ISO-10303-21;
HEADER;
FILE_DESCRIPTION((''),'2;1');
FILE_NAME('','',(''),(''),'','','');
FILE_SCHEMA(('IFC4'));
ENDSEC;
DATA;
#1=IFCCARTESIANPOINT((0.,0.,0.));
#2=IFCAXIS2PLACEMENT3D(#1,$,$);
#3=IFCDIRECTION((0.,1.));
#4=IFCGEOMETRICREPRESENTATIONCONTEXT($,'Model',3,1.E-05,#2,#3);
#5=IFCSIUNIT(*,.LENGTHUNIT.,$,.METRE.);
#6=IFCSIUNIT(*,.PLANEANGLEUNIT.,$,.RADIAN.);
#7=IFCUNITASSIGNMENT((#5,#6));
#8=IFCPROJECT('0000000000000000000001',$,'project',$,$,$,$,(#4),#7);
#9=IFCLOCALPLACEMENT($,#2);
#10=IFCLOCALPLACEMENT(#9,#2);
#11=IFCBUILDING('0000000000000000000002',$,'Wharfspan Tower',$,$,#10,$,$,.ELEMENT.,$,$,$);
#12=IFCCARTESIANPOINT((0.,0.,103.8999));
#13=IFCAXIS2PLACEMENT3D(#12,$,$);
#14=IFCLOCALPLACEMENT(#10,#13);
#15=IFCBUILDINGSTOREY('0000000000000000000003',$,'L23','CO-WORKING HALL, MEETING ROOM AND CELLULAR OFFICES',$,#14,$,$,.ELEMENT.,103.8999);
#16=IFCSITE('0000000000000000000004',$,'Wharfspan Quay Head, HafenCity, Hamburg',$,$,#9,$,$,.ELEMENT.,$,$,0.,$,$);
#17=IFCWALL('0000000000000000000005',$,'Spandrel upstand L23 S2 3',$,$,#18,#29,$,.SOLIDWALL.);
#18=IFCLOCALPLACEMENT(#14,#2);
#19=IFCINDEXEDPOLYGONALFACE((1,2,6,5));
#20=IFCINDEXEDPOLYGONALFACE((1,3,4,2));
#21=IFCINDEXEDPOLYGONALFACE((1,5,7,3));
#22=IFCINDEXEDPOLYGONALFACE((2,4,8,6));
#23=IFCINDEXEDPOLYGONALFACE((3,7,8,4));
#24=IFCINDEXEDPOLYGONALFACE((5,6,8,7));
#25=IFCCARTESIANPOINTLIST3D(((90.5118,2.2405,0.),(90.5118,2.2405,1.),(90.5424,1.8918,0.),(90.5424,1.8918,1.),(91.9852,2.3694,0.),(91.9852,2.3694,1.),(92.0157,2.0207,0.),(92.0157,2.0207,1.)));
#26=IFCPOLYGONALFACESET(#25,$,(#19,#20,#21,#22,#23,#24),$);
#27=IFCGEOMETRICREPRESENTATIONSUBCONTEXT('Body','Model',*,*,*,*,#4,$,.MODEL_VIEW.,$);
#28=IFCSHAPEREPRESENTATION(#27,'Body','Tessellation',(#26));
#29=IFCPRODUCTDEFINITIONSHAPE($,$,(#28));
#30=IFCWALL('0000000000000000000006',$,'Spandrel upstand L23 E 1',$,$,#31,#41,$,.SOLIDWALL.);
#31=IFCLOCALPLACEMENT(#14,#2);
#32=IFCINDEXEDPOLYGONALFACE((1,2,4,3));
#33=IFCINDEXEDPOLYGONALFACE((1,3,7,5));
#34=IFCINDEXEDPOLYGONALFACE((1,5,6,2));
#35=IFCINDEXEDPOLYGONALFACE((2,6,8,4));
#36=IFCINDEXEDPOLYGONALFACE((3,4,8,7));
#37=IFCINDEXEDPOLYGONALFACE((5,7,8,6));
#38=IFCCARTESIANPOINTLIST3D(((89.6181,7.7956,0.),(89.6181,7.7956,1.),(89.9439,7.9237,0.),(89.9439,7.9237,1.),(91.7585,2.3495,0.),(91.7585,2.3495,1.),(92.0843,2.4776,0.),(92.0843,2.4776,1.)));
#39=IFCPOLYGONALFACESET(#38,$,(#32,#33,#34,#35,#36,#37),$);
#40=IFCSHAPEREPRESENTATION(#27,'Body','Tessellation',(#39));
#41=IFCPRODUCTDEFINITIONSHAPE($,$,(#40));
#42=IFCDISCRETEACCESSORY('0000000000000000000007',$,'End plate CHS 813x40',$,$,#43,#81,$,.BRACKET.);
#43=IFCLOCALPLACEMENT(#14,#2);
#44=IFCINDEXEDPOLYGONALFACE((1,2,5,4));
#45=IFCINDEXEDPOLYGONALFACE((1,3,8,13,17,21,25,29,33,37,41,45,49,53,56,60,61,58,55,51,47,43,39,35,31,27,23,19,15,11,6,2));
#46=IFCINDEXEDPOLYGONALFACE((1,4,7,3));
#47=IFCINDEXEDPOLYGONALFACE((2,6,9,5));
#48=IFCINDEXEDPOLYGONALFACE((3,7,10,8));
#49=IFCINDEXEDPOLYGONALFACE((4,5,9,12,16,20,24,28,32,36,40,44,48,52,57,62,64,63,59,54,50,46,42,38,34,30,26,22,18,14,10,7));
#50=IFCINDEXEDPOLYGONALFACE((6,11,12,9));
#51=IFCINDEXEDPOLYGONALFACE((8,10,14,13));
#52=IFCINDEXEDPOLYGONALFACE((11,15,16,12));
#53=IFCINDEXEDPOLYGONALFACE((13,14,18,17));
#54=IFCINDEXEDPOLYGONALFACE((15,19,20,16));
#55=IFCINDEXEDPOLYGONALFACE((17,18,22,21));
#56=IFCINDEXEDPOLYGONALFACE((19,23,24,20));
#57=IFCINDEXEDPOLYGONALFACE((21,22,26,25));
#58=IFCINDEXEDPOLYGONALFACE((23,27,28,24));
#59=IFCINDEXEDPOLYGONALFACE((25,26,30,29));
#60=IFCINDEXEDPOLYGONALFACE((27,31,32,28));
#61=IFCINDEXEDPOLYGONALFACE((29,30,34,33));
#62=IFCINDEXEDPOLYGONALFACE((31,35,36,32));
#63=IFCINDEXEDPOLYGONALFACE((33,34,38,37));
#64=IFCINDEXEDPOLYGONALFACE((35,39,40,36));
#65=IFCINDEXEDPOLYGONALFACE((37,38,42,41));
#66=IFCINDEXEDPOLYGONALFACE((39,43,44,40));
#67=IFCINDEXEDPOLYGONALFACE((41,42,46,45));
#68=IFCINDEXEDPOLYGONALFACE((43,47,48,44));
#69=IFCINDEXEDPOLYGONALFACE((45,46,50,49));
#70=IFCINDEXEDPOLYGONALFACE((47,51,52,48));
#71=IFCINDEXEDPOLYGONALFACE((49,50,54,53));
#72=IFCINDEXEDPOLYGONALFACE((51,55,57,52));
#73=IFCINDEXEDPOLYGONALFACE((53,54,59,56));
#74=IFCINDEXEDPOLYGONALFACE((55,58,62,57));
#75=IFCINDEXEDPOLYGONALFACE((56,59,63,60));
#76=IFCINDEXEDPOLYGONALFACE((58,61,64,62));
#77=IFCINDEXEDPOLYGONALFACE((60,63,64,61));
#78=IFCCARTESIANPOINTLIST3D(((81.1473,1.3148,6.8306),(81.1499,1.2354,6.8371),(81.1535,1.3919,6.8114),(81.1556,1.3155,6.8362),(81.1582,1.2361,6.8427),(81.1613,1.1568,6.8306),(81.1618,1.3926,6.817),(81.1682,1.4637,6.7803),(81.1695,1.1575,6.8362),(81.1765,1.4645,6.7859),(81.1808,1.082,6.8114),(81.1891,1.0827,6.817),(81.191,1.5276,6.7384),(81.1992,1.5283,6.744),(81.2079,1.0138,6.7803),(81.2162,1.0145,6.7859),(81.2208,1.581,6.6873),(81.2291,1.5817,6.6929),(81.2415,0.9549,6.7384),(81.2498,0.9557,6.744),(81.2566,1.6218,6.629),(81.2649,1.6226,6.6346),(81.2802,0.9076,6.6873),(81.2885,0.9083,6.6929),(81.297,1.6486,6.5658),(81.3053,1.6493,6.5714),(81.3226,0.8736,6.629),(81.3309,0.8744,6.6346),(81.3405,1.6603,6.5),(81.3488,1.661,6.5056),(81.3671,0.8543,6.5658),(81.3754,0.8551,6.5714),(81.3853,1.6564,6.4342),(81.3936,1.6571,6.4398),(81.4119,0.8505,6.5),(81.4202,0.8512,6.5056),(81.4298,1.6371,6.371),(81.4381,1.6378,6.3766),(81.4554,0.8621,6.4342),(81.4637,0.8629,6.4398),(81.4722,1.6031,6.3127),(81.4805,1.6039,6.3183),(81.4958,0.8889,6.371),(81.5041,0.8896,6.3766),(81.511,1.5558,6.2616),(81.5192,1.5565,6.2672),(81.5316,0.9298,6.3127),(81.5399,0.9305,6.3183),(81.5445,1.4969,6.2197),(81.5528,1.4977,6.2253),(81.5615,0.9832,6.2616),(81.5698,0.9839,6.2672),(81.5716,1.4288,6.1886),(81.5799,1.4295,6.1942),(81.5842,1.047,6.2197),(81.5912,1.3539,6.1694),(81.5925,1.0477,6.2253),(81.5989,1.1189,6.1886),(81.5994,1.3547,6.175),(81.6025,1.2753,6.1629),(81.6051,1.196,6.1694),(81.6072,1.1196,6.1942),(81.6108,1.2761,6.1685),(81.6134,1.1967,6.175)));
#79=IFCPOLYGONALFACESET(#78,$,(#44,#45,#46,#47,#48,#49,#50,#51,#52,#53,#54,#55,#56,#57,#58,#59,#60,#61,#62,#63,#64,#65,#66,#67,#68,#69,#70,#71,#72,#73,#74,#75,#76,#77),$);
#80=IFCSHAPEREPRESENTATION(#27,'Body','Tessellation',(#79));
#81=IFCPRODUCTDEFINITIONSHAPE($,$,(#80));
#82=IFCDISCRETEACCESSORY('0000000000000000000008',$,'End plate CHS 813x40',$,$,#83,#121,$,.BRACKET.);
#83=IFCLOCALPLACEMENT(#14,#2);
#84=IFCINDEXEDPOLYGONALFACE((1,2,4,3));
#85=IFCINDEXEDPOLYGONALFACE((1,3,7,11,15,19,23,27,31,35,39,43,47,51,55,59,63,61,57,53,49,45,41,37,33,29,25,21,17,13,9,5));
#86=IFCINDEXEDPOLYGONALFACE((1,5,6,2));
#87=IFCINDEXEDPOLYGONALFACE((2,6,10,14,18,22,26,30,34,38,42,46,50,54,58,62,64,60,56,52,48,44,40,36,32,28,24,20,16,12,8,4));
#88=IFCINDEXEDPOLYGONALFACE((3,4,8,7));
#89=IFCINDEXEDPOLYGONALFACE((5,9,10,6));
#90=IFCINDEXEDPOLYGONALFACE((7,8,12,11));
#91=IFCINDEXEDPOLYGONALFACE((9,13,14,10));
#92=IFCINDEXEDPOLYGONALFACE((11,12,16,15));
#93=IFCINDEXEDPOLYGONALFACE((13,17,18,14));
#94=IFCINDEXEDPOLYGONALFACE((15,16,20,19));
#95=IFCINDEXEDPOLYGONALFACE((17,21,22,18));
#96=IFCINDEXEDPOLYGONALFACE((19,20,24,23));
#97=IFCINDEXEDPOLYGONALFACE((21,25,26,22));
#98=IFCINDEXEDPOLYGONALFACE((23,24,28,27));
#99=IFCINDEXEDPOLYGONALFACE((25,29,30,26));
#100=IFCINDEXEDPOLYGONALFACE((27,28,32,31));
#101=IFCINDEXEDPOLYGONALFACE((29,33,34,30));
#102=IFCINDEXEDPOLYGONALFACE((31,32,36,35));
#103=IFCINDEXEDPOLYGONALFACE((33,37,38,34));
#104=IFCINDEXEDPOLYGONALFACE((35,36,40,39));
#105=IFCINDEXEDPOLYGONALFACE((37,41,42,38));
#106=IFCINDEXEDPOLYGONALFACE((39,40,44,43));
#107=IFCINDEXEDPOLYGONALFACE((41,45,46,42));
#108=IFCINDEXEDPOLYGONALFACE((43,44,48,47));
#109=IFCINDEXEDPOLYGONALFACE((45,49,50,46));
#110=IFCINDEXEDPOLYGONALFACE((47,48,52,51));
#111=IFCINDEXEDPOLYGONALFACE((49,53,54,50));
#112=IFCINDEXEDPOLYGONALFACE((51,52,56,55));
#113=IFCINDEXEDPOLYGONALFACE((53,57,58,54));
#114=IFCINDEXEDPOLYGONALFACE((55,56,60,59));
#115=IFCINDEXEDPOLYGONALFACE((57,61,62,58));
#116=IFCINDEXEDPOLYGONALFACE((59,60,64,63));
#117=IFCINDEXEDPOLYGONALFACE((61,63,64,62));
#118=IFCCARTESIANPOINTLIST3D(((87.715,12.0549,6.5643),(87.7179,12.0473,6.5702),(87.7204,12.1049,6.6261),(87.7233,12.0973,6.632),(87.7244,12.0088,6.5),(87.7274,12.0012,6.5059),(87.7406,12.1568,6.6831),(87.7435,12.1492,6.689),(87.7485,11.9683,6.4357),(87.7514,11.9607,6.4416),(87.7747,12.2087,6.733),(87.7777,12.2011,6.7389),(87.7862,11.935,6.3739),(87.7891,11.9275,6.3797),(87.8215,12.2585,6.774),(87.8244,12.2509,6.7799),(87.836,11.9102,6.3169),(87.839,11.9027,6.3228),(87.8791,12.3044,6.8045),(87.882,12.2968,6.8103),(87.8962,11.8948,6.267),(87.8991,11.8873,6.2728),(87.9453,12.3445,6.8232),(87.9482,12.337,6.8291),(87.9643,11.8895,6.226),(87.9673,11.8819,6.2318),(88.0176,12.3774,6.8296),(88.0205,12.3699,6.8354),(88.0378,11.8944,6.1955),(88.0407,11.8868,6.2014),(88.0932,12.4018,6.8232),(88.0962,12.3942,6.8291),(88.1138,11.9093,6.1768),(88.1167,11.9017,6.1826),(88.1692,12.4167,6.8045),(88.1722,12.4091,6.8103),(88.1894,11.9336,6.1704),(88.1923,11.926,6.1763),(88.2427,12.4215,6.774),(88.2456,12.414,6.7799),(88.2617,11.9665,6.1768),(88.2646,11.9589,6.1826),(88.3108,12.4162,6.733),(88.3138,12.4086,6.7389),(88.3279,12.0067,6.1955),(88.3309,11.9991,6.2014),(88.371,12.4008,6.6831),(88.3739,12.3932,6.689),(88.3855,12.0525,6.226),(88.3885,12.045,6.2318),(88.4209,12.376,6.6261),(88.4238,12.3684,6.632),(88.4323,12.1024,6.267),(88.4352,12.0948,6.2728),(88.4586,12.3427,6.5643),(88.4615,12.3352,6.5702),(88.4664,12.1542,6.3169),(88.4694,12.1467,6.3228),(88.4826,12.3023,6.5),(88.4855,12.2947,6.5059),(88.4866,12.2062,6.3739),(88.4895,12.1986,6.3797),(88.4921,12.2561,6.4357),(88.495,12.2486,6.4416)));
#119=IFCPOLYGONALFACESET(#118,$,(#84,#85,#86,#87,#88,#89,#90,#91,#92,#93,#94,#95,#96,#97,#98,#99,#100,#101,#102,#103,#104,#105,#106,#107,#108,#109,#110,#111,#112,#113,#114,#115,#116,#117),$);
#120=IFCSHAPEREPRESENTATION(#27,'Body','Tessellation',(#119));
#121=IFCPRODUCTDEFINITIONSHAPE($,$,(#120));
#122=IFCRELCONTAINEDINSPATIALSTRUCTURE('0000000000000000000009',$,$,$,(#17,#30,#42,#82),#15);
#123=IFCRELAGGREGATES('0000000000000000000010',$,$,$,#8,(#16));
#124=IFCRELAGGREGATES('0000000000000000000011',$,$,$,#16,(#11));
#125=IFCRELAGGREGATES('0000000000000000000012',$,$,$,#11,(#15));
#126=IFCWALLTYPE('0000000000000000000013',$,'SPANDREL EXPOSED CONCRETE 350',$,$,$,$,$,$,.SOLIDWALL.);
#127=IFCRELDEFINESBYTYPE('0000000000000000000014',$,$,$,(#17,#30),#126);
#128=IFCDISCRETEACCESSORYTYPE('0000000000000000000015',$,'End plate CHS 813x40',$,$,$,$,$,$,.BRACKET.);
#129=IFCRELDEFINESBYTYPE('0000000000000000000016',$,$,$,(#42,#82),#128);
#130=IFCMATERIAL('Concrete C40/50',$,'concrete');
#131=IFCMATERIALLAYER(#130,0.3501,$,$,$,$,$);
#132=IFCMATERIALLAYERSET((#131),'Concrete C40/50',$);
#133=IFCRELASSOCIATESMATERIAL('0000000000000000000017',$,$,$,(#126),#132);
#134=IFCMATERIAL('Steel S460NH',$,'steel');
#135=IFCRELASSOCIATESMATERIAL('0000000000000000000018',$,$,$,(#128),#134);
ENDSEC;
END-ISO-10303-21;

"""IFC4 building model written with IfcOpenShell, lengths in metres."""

from ifc_helpers import new_model, si_unit, direction, frame, frame_2d, origin, origin_2d, place, context, subcontext, project, spatial, rectangle, circle, extrude, material, layer, layer_set, material_profile, profile_set, type_object, element, save


model = new_model("IFC4")

# Units and contexts
model_context = context("Model", 3, precision=1e-05, world=origin(), true_north=direction((0.0, 1.0)))
body_context = subcontext(model_context, "Body", "Model", "MODEL_VIEW")
ifc_project = project(units=[si_unit("LENGTHUNIT", "METRE"), si_unit("PLANEANGLEUNIT", "RADIAN")], contexts=[model_context])

# Site, building, storey
site_placement = place(None, origin())
site = spatial("IfcSite", under=ifc_project, at=site_placement, Name="Wharfspan Quay Head, HafenCity, Hamburg", CompositionType="ELEMENT", RefElevation=0.0)
building_placement = place(site_placement, origin())
building = spatial("IfcBuilding", under=site, at=building_placement, Name="Wharfspan Tower", CompositionType="ELEMENT")
storey_placement = place(building_placement, frame((0.0, 0.0, 103.8999)))
storey = spatial("IfcBuildingStorey", under=building, at=storey_placement, Name="L23", Description="CO-WORKING HALL, MEETING ROOM AND CELLULAR OFFICES", CompositionType="ELEMENT", Elevation=103.8999)

# Walls
ifc_material_1 = material(Name="Concrete C40/50", Category="concrete")
ifc_layer_1 = layer(ifc_material_1, 0.3501)
ifc_layer_set_1 = layer_set([ifc_layer_1], Name="Concrete C40/50")
wall_type_1 = type_object("IfcWallType", Name="SPANDREL EXPOSED CONCRETE 350", PredefinedType="SOLIDWALL", material=ifc_layer_set_1)
wall_1_placement = place(storey_placement, frame((90.5271, 2.0662, 0.0), z_axis=(0.0, 0.0, 1.0), x_axis=(0.996198, 0.087157, 0.0)))
element("IfcWall", 1, at=wall_1_placement, inside=storey, type_object=wall_type_1, Name="Spandrel upstand L23 S2 3", PredefinedType="SOLIDWALL", context=body_context, shape_type="SweptSolid", body=[
    extrude(rectangle(XDim=1.479, YDim=0.3501, at=frame_2d((0.7395, 0.0))), origin(), (0.0, 0.0, 1.0), 1.0),
])
wall_2_placement = place(storey_placement, frame((91.9214, 2.4136, 0.0), z_axis=(0.0, 0.0, 1.0), x_axis=(-0.36578, 0.930701, 0.0)))
element("IfcWall", 2, at=wall_2_placement, inside=storey, type_object=wall_type_1, Name="Spandrel upstand L23 E 1", PredefinedType="SOLIDWALL", context=body_context, shape_type="SweptSolid", body=[
    extrude(rectangle(XDim=5.8516, YDim=0.3501, at=frame_2d((2.9258, 0.0))), origin(), (0.0, 0.0, 1.0), 1.0),
])

# Discrete accessories
ifc_material_2 = material(Name="Steel S460NH", Category="steel")
ifc_material_profile_1 = material_profile(ifc_material_2, circle(Radius=0.4065, at=origin_2d()))
ifc_profile_set_1 = profile_set([ifc_material_profile_1], Name="Steel S460NH")
discrete_accessory_type = type_object("IfcDiscreteAccessoryType", Name="End plate CHS 813x40", PredefinedType="BRACKET", material=ifc_profile_set_1)
for number, where, z_axis, x_axis, name in (
    (3, (81.3762, 1.2554, 6.5), (0.82608, 0.072889, 0.558819), (-0.087894, 0.99613, 0.000001), "End plate CHS 813x40"),
    (4, (88.1035, 12.1555, 6.5), (0.292683, -0.756098, 0.585366), (0.932565, 0.360992, -0.000001), "End plate CHS 813x40"),
):
    element("IfcDiscreteAccessory", number, at=place(storey_placement, frame(where, z_axis=z_axis, x_axis=x_axis)), inside=storey, type_object=discrete_accessory_type, Name=name, PredefinedType="BRACKET", context=body_context, shape_type="SweptSolid", body=[
        extrude(circle(Radius=0.4065, at=origin_2d()), origin(), (0.0, 0.0, 1.0), 0.01),
    ])

save(model, "model.ifc")
